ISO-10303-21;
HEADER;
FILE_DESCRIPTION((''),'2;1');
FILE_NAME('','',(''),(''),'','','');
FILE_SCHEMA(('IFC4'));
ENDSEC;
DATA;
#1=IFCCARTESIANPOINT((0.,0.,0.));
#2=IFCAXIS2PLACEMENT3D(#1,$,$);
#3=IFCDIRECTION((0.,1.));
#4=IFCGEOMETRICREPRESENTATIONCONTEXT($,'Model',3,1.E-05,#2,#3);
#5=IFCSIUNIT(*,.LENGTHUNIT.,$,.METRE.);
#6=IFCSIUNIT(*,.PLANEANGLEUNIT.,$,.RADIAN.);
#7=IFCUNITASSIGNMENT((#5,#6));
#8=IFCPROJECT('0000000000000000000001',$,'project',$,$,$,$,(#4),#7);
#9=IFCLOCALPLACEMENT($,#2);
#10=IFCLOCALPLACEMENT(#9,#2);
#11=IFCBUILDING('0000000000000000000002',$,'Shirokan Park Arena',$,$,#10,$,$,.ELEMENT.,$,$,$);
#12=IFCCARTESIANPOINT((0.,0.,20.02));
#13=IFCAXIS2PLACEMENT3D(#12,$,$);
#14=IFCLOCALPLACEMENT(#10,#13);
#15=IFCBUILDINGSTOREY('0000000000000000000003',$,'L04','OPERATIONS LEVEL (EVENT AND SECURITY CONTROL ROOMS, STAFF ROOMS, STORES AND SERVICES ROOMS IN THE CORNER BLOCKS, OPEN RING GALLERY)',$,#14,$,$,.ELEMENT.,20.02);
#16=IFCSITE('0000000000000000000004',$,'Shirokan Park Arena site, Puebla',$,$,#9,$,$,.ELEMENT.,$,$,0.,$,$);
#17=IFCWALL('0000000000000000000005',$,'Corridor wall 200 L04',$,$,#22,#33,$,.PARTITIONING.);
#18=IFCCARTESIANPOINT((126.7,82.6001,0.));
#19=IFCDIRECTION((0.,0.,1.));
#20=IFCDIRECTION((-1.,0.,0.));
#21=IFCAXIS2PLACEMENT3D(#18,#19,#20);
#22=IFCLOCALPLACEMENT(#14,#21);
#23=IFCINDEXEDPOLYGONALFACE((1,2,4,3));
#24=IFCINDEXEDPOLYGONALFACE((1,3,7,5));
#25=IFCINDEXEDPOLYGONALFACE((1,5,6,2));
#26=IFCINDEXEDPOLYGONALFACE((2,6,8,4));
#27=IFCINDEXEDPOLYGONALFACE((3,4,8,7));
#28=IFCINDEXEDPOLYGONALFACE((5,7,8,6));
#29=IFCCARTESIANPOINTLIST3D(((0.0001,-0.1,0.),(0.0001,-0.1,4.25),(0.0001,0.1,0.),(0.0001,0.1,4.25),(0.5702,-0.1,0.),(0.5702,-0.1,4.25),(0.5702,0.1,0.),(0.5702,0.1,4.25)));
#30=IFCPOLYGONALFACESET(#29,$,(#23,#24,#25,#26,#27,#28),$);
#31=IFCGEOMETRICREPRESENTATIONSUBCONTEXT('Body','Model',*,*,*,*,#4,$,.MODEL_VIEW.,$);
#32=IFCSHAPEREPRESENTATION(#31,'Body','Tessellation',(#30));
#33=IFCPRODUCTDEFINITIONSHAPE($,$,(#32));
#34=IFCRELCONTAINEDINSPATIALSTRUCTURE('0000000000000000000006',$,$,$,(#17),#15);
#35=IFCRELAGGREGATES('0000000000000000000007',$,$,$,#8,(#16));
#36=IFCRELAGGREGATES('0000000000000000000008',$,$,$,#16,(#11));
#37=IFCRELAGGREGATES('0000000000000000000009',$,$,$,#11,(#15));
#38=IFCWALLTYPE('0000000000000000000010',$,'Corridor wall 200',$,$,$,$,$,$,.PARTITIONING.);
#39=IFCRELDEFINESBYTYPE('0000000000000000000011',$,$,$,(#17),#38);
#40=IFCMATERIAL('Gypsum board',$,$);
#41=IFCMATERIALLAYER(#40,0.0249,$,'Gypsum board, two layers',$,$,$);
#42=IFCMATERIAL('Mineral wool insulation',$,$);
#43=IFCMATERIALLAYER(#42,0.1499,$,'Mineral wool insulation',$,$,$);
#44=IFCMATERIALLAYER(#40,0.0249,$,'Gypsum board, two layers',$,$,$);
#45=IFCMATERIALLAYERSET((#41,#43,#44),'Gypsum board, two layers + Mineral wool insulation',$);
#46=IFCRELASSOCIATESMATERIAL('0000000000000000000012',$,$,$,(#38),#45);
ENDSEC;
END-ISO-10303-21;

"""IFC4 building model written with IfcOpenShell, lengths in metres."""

from ifc_helpers import new_model, si_unit, direction, frame, frame_2d, origin, place, context, subcontext, project, spatial, rectangle, extrude, material, layer, layer_set, type_object, element, save


model = new_model("IFC4")

# Units and contexts
model_context = context("Model", 3, precision=1e-05, world=origin(), true_north=direction((0.0, 1.0)))
body_context = subcontext(model_context, "Body", "Model", "MODEL_VIEW")
ifc_project = project(units=[si_unit("LENGTHUNIT", "METRE"), si_unit("PLANEANGLEUNIT", "RADIAN")], contexts=[model_context])

# Site, building, storey
site_placement = place(None, origin())
site = spatial("IfcSite", under=ifc_project, at=site_placement, Name="Shirokan Park Arena site, Puebla", CompositionType="ELEMENT", RefElevation=0.0)
building_placement = place(site_placement, origin())
building = spatial("IfcBuilding", under=site, at=building_placement, Name="Shirokan Park Arena", CompositionType="ELEMENT")
storey_placement = place(building_placement, frame((0.0, 0.0, 20.02)))
storey = spatial("IfcBuildingStorey", under=building, at=storey_placement, Name="L04", Description="OPERATIONS LEVEL (EVENT AND SECURITY CONTROL ROOMS, STAFF ROOMS, STORES AND SERVICES ROOMS IN THE CORNER BLOCKS, OPEN RING GALLERY)", CompositionType="ELEMENT", Elevation=20.02)

# Wall
ifc_material_1 = material(Name="Gypsum board")
ifc_layer_1 = layer(ifc_material_1, 0.0249, Name="Gypsum board, two layers")
ifc_material_2 = material(Name="Mineral wool insulation")
ifc_layer_2 = layer(ifc_material_2, 0.1499, Name="Mineral wool insulation")
ifc_layer_3 = layer(ifc_material_1, 0.0249, Name="Gypsum board, two layers")
ifc_layer_set_1 = layer_set([ifc_layer_1, ifc_layer_2, ifc_layer_3], Name="Gypsum board, two layers + Mineral wool insulation")
wall_type_1 = type_object("IfcWallType", Name="Corridor wall 200", PredefinedType="PARTITIONING", material=ifc_layer_set_1)
wall_1_placement = place(storey_placement, frame((126.7, 82.6001, 0.0), z_axis=(0.0, 0.0, 1.0), x_axis=(-1.0, 0.0, 0.0)))
element("IfcWall", 1, at=wall_1_placement, inside=storey, type_object=wall_type_1, Name="Corridor wall 200 L04", PredefinedType="PARTITIONING", context=body_context, shape_type="SweptSolid", body=[
    extrude(rectangle(XDim=0.5701, YDim=0.2, at=frame_2d((0.2852, 0.0))), origin(), (0.0, 0.0, 1.0), 4.25),
])

save(model, "model.ifc")
